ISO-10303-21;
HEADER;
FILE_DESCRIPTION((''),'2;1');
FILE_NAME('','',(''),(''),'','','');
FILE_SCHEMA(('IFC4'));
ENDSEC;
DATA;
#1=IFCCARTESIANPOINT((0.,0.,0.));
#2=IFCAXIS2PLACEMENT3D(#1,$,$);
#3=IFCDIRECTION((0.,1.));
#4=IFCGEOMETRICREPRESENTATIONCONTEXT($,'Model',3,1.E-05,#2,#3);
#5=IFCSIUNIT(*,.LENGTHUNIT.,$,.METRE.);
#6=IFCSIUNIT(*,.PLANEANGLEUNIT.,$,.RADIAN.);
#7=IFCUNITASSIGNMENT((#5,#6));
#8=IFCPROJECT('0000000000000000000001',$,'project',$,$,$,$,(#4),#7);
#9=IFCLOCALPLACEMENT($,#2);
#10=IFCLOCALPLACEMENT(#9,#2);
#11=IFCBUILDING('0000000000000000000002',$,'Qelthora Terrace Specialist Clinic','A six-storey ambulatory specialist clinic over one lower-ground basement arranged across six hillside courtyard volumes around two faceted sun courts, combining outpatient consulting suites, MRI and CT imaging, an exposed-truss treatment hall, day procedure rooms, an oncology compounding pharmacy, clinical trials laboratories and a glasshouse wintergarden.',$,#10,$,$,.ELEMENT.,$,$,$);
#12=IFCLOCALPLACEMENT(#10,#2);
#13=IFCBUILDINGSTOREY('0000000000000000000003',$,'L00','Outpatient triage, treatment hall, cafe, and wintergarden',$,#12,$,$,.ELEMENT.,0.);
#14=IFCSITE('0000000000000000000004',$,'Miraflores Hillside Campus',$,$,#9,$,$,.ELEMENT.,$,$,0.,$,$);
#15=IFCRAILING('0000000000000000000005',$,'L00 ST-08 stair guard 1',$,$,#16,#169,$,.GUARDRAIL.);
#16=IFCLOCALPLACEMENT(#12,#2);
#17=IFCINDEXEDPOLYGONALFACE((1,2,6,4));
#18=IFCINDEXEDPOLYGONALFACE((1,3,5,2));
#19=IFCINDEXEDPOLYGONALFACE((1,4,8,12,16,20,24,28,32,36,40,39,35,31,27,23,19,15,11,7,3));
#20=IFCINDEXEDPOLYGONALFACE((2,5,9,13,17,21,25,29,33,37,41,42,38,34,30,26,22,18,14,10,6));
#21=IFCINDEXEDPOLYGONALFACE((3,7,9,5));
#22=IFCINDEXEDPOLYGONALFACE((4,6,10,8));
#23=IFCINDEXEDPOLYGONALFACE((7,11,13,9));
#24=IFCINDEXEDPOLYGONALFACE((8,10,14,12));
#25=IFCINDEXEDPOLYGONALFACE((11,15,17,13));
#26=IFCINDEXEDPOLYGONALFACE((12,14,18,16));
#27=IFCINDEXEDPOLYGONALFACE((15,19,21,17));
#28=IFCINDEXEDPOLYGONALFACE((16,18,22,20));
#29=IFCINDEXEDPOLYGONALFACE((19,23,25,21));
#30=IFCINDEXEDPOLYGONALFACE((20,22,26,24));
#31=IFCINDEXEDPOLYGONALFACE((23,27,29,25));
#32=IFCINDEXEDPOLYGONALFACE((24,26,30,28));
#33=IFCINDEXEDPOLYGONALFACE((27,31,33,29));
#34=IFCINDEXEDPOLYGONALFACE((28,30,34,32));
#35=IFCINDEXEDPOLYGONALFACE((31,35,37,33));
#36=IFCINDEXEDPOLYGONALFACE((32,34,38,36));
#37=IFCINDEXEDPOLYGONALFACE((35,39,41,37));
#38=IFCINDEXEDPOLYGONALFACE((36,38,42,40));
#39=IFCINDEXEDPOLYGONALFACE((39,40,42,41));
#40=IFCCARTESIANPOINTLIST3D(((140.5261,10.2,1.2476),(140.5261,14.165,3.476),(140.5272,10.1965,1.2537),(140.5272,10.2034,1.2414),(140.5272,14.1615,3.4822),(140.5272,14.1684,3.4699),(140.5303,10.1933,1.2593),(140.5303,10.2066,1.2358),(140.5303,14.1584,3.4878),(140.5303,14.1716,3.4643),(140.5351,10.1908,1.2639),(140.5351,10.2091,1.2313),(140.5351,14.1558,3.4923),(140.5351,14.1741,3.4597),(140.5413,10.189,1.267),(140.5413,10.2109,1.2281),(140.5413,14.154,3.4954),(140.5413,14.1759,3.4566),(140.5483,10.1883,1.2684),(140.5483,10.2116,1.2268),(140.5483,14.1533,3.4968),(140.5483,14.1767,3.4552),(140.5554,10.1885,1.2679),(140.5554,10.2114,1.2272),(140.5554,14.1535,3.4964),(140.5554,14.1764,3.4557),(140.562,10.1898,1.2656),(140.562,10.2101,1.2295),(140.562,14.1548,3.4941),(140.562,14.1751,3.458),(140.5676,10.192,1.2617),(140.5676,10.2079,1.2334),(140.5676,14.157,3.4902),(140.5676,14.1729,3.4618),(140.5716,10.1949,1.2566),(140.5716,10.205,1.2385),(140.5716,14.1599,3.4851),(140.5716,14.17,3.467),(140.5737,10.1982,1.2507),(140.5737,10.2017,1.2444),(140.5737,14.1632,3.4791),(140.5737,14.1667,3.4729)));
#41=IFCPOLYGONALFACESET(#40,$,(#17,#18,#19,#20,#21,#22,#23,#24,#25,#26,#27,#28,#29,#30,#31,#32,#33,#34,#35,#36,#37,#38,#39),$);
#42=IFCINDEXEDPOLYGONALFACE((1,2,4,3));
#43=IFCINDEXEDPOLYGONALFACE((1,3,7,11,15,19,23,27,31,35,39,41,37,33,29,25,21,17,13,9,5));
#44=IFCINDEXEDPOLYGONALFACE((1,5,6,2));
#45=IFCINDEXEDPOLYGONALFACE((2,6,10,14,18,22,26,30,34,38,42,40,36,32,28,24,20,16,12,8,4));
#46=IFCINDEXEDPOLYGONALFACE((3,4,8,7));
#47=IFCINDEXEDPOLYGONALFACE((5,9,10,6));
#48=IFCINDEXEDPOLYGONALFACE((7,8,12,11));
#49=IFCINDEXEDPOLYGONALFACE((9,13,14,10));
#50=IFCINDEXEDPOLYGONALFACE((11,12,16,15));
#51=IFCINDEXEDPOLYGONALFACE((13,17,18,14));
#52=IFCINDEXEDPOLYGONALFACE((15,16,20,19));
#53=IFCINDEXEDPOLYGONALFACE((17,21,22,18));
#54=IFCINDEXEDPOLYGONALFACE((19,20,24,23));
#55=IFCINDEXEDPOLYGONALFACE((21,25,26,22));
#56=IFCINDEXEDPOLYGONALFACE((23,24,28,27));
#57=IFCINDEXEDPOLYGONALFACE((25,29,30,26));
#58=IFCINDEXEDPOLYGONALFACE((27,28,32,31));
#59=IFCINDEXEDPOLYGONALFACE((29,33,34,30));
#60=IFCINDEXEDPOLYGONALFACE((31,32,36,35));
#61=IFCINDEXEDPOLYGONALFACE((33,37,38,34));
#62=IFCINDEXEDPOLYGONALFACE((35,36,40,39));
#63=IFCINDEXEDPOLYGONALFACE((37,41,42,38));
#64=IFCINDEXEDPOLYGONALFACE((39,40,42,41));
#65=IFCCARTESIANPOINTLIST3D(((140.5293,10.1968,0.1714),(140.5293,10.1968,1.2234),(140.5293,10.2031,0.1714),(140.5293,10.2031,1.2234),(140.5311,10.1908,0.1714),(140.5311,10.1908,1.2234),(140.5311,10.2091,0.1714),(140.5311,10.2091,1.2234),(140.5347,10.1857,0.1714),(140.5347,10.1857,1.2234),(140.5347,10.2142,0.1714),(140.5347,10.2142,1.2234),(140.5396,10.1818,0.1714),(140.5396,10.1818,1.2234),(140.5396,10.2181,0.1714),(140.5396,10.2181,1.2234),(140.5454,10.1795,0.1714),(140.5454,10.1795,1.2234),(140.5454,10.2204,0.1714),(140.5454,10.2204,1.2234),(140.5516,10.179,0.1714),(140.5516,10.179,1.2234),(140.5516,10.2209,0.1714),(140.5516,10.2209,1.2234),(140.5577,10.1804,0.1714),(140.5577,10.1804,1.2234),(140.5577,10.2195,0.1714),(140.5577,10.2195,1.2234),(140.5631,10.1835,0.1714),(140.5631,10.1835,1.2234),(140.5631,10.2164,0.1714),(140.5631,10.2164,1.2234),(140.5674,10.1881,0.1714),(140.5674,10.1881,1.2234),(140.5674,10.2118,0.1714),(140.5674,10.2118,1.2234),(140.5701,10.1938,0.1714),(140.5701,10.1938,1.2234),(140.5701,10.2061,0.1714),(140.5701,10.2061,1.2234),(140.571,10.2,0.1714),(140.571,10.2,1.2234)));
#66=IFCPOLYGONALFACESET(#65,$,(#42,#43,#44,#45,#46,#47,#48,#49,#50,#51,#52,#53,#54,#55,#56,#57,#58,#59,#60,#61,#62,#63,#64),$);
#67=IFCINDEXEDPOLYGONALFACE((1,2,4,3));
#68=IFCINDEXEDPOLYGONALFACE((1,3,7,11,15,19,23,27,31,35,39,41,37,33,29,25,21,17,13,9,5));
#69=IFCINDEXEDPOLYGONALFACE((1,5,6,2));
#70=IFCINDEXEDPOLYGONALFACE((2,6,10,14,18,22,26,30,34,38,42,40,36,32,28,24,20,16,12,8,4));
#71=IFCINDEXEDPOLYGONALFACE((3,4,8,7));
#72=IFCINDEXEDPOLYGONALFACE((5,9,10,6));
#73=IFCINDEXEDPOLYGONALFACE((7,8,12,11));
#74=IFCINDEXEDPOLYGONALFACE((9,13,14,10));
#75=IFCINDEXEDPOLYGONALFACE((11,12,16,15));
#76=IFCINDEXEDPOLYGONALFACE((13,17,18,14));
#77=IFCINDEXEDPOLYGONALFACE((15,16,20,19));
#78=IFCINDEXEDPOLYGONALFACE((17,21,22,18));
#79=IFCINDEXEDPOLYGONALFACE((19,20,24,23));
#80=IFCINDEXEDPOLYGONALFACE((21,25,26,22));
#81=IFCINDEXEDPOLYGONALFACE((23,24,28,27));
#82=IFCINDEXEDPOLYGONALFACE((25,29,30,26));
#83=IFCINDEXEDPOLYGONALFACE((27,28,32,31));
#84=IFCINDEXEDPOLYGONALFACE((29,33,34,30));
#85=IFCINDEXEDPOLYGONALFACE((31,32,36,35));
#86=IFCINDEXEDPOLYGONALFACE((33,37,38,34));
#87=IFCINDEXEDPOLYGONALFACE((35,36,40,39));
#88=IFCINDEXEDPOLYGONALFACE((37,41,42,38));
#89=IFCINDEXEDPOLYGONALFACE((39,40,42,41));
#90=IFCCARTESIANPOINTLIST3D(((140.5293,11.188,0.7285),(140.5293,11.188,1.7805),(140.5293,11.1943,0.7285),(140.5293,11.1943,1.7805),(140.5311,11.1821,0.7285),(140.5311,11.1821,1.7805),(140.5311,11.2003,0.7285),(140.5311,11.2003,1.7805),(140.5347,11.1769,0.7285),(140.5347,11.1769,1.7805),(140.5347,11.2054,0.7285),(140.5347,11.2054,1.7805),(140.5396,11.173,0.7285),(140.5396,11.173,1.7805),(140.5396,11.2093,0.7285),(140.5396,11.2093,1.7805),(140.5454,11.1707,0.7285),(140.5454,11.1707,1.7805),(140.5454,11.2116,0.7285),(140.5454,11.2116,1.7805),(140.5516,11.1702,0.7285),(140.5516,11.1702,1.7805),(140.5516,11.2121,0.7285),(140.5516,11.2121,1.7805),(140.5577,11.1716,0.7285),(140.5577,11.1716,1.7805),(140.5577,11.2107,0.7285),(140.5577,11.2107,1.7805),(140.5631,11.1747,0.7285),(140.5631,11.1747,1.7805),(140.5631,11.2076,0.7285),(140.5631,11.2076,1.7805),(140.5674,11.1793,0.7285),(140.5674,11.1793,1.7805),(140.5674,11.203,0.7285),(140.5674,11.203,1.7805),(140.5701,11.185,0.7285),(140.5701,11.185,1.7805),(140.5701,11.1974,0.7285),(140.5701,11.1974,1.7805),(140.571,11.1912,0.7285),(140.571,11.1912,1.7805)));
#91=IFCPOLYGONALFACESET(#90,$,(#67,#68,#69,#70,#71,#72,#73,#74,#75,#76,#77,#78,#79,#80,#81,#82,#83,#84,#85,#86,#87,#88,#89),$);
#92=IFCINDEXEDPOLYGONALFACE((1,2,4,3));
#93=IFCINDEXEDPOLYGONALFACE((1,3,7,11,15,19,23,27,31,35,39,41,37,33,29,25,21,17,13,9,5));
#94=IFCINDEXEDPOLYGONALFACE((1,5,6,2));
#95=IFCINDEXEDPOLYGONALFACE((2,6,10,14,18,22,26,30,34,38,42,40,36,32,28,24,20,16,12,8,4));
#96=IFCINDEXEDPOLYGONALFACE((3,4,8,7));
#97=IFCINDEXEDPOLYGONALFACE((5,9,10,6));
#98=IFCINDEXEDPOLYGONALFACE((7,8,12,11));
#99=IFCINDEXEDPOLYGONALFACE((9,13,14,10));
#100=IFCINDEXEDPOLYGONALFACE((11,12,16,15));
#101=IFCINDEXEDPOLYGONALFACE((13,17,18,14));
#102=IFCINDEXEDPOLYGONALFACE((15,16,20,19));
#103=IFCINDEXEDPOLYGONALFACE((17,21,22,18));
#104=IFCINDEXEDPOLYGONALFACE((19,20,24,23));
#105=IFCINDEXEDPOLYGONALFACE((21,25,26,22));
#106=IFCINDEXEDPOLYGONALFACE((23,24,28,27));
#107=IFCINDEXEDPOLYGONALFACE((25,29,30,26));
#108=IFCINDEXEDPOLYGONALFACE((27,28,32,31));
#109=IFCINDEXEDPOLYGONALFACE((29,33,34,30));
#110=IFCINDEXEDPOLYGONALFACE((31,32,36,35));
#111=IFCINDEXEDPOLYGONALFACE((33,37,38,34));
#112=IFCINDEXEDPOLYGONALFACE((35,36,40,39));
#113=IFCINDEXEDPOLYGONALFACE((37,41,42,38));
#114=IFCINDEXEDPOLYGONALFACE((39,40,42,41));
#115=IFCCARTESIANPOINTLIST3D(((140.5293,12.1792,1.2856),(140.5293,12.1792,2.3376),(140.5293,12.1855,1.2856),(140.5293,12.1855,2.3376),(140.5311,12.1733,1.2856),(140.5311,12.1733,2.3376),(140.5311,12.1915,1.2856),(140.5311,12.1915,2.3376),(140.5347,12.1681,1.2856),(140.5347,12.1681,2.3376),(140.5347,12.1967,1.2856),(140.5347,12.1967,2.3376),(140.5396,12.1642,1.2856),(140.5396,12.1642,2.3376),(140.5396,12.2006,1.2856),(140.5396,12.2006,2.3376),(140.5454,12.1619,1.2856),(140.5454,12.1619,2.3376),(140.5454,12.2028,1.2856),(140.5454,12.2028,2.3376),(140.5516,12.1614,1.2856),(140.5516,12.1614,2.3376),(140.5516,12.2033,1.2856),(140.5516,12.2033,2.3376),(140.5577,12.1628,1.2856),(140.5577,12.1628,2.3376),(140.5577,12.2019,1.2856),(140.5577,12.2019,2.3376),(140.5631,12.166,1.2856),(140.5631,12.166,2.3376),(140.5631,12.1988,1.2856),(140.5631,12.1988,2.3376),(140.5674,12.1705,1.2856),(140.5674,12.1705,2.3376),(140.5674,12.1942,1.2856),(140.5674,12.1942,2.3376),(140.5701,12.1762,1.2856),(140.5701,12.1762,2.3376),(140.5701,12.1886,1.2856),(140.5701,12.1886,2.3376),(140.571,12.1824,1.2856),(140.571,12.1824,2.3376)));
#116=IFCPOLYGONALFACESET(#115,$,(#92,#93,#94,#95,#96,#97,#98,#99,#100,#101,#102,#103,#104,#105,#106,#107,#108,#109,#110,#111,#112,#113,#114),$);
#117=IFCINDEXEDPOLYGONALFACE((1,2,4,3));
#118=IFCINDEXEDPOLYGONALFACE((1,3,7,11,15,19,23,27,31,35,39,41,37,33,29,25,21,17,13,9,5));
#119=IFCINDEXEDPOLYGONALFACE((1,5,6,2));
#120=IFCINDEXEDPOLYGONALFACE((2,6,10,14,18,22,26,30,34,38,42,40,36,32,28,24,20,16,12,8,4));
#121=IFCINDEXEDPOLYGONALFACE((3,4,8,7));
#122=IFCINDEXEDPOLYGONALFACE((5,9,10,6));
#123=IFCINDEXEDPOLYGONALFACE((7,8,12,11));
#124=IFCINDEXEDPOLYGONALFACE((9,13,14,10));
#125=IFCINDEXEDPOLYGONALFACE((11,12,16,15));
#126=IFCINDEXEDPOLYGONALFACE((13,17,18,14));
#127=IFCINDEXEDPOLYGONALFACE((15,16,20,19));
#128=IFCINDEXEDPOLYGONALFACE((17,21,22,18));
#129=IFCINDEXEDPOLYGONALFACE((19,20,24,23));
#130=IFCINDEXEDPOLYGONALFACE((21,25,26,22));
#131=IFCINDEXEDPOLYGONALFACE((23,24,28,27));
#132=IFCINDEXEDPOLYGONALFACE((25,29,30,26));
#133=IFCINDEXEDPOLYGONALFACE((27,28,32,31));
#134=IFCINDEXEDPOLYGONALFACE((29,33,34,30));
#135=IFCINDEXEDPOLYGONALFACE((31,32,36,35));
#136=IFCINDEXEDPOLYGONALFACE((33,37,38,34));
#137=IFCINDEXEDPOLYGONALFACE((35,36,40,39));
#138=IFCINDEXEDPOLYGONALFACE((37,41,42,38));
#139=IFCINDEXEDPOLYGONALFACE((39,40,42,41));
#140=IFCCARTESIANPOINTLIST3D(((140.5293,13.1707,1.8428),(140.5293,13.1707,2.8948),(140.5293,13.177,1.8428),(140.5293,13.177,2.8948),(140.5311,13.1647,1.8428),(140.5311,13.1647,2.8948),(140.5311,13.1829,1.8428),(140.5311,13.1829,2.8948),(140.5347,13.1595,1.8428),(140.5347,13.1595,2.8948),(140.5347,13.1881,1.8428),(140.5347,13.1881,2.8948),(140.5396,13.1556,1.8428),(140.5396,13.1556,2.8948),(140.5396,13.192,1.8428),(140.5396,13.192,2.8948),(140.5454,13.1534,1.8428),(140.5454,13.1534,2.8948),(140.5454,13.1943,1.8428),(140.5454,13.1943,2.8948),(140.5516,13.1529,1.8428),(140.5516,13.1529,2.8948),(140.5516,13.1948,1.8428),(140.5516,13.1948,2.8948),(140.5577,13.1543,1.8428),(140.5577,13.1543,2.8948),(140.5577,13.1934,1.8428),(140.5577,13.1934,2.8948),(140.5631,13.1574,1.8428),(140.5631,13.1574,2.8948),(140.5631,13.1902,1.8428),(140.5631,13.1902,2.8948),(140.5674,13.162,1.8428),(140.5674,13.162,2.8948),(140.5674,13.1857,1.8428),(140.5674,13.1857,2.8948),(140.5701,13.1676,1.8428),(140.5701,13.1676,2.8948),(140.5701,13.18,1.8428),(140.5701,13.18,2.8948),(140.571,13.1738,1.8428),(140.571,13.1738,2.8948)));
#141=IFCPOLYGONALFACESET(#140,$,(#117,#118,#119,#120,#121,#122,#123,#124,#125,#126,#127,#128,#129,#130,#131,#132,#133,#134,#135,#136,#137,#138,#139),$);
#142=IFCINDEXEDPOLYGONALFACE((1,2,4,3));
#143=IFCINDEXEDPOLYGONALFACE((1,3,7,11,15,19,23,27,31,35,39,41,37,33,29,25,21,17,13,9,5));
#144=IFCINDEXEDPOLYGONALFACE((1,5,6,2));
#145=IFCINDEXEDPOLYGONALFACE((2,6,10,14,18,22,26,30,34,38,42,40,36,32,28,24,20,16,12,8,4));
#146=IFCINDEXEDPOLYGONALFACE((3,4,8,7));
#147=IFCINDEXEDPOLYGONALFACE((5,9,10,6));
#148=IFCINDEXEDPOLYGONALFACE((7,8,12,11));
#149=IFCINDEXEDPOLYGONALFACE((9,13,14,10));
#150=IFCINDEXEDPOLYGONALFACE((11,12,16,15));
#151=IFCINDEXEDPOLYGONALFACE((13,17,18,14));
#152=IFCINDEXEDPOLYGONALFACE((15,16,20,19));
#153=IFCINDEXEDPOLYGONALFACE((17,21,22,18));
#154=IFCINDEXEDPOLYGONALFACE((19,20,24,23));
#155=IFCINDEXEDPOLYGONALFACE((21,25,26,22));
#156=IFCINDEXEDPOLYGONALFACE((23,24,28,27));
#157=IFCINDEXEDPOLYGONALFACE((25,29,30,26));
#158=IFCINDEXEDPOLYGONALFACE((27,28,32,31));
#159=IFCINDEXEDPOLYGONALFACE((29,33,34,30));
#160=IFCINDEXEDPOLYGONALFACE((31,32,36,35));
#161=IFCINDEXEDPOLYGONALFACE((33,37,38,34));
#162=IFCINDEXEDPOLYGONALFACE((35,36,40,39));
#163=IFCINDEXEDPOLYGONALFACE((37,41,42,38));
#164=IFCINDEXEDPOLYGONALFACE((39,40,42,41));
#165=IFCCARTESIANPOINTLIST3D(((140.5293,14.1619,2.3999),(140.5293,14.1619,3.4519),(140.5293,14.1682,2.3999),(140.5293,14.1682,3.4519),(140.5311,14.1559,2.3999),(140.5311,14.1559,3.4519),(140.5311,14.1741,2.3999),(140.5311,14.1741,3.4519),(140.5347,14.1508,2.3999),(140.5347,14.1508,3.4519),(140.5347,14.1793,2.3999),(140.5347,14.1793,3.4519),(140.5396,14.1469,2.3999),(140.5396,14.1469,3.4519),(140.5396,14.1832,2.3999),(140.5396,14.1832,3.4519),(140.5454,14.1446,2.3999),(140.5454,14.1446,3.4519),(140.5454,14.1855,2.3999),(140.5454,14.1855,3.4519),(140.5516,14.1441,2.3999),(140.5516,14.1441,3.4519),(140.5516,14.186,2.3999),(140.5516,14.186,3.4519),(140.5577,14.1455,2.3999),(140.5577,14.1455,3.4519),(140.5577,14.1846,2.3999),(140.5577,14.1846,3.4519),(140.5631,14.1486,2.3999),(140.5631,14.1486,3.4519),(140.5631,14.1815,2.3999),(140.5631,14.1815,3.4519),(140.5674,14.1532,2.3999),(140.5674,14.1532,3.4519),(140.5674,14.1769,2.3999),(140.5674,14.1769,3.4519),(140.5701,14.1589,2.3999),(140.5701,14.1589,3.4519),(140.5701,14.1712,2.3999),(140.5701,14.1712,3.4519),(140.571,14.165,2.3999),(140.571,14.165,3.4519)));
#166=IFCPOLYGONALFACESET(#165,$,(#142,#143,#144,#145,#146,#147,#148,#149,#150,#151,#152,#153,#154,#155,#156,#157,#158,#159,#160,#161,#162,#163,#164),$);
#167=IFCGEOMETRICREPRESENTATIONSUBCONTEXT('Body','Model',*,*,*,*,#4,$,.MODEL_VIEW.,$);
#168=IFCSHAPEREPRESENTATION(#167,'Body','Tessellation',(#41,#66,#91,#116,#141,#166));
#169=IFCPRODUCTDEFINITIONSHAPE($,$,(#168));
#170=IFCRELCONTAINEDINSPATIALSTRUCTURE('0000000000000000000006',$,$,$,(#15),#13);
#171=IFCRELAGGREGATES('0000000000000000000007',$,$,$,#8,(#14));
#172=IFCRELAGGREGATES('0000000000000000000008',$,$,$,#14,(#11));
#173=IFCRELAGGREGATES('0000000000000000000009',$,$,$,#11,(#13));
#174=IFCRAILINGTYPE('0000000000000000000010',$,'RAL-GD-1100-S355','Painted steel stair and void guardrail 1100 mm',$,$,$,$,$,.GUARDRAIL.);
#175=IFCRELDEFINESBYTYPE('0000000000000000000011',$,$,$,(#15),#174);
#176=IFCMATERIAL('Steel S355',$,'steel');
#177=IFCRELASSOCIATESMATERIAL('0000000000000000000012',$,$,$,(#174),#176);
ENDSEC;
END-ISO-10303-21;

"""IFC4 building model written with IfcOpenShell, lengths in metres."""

from ifc_helpers import new_model, si_unit, direction, frame, origin, origin_2d, place, context, subcontext, project, spatial, circle, extrude, material, type_object, element, save


model = new_model("IFC4")

# Units and contexts
model_context = context("Model", 3, precision=1e-05, world=origin(), true_north=direction((0.0, 1.0)))
body_context = subcontext(model_context, "Body", "Model", "MODEL_VIEW")
ifc_project = project(units=[si_unit("LENGTHUNIT", "METRE"), si_unit("PLANEANGLEUNIT", "RADIAN")], contexts=[model_context])

# Site, building, storey
site_placement = place(None, origin())
site = spatial("IfcSite", under=ifc_project, at=site_placement, Name="Miraflores Hillside Campus", CompositionType="ELEMENT", RefElevation=0.0)
building_placement = place(site_placement, origin())
building = spatial("IfcBuilding", under=site, at=building_placement, Name="Qelthora Terrace Specialist Clinic", Description="A six-storey ambulatory specialist clinic over one lower-ground basement arranged across six hillside courtyard volumes around two faceted sun courts, combining outpatient consulting suites, MRI and CT imaging, an exposed-truss treatment hall, day procedure rooms, an oncology compounding pharmacy, clinical trials laboratories and a glasshouse wintergarden.", CompositionType="ELEMENT")
storey_placement = place(building_placement, origin())
storey = spatial("IfcBuildingStorey", under=building, at=storey_placement, Name="L00", Description="Outpatient triage, treatment hall, cafe, and wintergarden", CompositionType="ELEMENT", Elevation=0.0)

# Shared definitions
ifc_material_1 = material(Name="Steel S355", Category="steel")

# Railing
railing_type = type_object("IfcRailingType", Name="RAL-GD-1100-S355", Description="Painted steel stair and void guardrail 1100 mm", PredefinedType="GUARDRAIL", material=ifc_material_1)
railing_1_placement = place(storey_placement, frame((140.55, 10.2, 0.1714)))
element("IfcRailing", 1, at=railing_1_placement, inside=storey, type_object=railing_type, Name="L00 ST-08 stair guard 1", PredefinedType="GUARDRAIL", context=body_context, shape_type="SweptSolid", body=[
    extrude(circle(Radius=0.0239, at=origin_2d()), frame((0.0, 0.0, 1.0762), z_axis=(0.0, 0.871749, 0.489953), x_axis=(-1.0, 0.0, 0.0)), (0.0, 0.0, 1.0), 4.5483),
    extrude(circle(Radius=0.021, at=origin_2d()), origin(), (0.0, 0.0, 1.0), 1.052),
    extrude(circle(Radius=0.021, at=origin_2d()), frame((0.0, 0.9912, 0.5571)), (0.0, 0.0, 1.0), 1.052),
    extrude(circle(Radius=0.021, at=origin_2d()), frame((0.0, 1.9824, 1.1143)), (0.0, 0.0, 1.0), 1.052),
    extrude(circle(Radius=0.021, at=origin_2d()), frame((0.0, 2.9739, 1.6714)), (0.0, 0.0, 1.0), 1.052),
    extrude(circle(Radius=0.021, at=origin_2d()), frame((0.0, 3.9651, 2.2285)), (0.0, 0.0, 1.0), 1.052),
])

save(model, "model.ifc")
